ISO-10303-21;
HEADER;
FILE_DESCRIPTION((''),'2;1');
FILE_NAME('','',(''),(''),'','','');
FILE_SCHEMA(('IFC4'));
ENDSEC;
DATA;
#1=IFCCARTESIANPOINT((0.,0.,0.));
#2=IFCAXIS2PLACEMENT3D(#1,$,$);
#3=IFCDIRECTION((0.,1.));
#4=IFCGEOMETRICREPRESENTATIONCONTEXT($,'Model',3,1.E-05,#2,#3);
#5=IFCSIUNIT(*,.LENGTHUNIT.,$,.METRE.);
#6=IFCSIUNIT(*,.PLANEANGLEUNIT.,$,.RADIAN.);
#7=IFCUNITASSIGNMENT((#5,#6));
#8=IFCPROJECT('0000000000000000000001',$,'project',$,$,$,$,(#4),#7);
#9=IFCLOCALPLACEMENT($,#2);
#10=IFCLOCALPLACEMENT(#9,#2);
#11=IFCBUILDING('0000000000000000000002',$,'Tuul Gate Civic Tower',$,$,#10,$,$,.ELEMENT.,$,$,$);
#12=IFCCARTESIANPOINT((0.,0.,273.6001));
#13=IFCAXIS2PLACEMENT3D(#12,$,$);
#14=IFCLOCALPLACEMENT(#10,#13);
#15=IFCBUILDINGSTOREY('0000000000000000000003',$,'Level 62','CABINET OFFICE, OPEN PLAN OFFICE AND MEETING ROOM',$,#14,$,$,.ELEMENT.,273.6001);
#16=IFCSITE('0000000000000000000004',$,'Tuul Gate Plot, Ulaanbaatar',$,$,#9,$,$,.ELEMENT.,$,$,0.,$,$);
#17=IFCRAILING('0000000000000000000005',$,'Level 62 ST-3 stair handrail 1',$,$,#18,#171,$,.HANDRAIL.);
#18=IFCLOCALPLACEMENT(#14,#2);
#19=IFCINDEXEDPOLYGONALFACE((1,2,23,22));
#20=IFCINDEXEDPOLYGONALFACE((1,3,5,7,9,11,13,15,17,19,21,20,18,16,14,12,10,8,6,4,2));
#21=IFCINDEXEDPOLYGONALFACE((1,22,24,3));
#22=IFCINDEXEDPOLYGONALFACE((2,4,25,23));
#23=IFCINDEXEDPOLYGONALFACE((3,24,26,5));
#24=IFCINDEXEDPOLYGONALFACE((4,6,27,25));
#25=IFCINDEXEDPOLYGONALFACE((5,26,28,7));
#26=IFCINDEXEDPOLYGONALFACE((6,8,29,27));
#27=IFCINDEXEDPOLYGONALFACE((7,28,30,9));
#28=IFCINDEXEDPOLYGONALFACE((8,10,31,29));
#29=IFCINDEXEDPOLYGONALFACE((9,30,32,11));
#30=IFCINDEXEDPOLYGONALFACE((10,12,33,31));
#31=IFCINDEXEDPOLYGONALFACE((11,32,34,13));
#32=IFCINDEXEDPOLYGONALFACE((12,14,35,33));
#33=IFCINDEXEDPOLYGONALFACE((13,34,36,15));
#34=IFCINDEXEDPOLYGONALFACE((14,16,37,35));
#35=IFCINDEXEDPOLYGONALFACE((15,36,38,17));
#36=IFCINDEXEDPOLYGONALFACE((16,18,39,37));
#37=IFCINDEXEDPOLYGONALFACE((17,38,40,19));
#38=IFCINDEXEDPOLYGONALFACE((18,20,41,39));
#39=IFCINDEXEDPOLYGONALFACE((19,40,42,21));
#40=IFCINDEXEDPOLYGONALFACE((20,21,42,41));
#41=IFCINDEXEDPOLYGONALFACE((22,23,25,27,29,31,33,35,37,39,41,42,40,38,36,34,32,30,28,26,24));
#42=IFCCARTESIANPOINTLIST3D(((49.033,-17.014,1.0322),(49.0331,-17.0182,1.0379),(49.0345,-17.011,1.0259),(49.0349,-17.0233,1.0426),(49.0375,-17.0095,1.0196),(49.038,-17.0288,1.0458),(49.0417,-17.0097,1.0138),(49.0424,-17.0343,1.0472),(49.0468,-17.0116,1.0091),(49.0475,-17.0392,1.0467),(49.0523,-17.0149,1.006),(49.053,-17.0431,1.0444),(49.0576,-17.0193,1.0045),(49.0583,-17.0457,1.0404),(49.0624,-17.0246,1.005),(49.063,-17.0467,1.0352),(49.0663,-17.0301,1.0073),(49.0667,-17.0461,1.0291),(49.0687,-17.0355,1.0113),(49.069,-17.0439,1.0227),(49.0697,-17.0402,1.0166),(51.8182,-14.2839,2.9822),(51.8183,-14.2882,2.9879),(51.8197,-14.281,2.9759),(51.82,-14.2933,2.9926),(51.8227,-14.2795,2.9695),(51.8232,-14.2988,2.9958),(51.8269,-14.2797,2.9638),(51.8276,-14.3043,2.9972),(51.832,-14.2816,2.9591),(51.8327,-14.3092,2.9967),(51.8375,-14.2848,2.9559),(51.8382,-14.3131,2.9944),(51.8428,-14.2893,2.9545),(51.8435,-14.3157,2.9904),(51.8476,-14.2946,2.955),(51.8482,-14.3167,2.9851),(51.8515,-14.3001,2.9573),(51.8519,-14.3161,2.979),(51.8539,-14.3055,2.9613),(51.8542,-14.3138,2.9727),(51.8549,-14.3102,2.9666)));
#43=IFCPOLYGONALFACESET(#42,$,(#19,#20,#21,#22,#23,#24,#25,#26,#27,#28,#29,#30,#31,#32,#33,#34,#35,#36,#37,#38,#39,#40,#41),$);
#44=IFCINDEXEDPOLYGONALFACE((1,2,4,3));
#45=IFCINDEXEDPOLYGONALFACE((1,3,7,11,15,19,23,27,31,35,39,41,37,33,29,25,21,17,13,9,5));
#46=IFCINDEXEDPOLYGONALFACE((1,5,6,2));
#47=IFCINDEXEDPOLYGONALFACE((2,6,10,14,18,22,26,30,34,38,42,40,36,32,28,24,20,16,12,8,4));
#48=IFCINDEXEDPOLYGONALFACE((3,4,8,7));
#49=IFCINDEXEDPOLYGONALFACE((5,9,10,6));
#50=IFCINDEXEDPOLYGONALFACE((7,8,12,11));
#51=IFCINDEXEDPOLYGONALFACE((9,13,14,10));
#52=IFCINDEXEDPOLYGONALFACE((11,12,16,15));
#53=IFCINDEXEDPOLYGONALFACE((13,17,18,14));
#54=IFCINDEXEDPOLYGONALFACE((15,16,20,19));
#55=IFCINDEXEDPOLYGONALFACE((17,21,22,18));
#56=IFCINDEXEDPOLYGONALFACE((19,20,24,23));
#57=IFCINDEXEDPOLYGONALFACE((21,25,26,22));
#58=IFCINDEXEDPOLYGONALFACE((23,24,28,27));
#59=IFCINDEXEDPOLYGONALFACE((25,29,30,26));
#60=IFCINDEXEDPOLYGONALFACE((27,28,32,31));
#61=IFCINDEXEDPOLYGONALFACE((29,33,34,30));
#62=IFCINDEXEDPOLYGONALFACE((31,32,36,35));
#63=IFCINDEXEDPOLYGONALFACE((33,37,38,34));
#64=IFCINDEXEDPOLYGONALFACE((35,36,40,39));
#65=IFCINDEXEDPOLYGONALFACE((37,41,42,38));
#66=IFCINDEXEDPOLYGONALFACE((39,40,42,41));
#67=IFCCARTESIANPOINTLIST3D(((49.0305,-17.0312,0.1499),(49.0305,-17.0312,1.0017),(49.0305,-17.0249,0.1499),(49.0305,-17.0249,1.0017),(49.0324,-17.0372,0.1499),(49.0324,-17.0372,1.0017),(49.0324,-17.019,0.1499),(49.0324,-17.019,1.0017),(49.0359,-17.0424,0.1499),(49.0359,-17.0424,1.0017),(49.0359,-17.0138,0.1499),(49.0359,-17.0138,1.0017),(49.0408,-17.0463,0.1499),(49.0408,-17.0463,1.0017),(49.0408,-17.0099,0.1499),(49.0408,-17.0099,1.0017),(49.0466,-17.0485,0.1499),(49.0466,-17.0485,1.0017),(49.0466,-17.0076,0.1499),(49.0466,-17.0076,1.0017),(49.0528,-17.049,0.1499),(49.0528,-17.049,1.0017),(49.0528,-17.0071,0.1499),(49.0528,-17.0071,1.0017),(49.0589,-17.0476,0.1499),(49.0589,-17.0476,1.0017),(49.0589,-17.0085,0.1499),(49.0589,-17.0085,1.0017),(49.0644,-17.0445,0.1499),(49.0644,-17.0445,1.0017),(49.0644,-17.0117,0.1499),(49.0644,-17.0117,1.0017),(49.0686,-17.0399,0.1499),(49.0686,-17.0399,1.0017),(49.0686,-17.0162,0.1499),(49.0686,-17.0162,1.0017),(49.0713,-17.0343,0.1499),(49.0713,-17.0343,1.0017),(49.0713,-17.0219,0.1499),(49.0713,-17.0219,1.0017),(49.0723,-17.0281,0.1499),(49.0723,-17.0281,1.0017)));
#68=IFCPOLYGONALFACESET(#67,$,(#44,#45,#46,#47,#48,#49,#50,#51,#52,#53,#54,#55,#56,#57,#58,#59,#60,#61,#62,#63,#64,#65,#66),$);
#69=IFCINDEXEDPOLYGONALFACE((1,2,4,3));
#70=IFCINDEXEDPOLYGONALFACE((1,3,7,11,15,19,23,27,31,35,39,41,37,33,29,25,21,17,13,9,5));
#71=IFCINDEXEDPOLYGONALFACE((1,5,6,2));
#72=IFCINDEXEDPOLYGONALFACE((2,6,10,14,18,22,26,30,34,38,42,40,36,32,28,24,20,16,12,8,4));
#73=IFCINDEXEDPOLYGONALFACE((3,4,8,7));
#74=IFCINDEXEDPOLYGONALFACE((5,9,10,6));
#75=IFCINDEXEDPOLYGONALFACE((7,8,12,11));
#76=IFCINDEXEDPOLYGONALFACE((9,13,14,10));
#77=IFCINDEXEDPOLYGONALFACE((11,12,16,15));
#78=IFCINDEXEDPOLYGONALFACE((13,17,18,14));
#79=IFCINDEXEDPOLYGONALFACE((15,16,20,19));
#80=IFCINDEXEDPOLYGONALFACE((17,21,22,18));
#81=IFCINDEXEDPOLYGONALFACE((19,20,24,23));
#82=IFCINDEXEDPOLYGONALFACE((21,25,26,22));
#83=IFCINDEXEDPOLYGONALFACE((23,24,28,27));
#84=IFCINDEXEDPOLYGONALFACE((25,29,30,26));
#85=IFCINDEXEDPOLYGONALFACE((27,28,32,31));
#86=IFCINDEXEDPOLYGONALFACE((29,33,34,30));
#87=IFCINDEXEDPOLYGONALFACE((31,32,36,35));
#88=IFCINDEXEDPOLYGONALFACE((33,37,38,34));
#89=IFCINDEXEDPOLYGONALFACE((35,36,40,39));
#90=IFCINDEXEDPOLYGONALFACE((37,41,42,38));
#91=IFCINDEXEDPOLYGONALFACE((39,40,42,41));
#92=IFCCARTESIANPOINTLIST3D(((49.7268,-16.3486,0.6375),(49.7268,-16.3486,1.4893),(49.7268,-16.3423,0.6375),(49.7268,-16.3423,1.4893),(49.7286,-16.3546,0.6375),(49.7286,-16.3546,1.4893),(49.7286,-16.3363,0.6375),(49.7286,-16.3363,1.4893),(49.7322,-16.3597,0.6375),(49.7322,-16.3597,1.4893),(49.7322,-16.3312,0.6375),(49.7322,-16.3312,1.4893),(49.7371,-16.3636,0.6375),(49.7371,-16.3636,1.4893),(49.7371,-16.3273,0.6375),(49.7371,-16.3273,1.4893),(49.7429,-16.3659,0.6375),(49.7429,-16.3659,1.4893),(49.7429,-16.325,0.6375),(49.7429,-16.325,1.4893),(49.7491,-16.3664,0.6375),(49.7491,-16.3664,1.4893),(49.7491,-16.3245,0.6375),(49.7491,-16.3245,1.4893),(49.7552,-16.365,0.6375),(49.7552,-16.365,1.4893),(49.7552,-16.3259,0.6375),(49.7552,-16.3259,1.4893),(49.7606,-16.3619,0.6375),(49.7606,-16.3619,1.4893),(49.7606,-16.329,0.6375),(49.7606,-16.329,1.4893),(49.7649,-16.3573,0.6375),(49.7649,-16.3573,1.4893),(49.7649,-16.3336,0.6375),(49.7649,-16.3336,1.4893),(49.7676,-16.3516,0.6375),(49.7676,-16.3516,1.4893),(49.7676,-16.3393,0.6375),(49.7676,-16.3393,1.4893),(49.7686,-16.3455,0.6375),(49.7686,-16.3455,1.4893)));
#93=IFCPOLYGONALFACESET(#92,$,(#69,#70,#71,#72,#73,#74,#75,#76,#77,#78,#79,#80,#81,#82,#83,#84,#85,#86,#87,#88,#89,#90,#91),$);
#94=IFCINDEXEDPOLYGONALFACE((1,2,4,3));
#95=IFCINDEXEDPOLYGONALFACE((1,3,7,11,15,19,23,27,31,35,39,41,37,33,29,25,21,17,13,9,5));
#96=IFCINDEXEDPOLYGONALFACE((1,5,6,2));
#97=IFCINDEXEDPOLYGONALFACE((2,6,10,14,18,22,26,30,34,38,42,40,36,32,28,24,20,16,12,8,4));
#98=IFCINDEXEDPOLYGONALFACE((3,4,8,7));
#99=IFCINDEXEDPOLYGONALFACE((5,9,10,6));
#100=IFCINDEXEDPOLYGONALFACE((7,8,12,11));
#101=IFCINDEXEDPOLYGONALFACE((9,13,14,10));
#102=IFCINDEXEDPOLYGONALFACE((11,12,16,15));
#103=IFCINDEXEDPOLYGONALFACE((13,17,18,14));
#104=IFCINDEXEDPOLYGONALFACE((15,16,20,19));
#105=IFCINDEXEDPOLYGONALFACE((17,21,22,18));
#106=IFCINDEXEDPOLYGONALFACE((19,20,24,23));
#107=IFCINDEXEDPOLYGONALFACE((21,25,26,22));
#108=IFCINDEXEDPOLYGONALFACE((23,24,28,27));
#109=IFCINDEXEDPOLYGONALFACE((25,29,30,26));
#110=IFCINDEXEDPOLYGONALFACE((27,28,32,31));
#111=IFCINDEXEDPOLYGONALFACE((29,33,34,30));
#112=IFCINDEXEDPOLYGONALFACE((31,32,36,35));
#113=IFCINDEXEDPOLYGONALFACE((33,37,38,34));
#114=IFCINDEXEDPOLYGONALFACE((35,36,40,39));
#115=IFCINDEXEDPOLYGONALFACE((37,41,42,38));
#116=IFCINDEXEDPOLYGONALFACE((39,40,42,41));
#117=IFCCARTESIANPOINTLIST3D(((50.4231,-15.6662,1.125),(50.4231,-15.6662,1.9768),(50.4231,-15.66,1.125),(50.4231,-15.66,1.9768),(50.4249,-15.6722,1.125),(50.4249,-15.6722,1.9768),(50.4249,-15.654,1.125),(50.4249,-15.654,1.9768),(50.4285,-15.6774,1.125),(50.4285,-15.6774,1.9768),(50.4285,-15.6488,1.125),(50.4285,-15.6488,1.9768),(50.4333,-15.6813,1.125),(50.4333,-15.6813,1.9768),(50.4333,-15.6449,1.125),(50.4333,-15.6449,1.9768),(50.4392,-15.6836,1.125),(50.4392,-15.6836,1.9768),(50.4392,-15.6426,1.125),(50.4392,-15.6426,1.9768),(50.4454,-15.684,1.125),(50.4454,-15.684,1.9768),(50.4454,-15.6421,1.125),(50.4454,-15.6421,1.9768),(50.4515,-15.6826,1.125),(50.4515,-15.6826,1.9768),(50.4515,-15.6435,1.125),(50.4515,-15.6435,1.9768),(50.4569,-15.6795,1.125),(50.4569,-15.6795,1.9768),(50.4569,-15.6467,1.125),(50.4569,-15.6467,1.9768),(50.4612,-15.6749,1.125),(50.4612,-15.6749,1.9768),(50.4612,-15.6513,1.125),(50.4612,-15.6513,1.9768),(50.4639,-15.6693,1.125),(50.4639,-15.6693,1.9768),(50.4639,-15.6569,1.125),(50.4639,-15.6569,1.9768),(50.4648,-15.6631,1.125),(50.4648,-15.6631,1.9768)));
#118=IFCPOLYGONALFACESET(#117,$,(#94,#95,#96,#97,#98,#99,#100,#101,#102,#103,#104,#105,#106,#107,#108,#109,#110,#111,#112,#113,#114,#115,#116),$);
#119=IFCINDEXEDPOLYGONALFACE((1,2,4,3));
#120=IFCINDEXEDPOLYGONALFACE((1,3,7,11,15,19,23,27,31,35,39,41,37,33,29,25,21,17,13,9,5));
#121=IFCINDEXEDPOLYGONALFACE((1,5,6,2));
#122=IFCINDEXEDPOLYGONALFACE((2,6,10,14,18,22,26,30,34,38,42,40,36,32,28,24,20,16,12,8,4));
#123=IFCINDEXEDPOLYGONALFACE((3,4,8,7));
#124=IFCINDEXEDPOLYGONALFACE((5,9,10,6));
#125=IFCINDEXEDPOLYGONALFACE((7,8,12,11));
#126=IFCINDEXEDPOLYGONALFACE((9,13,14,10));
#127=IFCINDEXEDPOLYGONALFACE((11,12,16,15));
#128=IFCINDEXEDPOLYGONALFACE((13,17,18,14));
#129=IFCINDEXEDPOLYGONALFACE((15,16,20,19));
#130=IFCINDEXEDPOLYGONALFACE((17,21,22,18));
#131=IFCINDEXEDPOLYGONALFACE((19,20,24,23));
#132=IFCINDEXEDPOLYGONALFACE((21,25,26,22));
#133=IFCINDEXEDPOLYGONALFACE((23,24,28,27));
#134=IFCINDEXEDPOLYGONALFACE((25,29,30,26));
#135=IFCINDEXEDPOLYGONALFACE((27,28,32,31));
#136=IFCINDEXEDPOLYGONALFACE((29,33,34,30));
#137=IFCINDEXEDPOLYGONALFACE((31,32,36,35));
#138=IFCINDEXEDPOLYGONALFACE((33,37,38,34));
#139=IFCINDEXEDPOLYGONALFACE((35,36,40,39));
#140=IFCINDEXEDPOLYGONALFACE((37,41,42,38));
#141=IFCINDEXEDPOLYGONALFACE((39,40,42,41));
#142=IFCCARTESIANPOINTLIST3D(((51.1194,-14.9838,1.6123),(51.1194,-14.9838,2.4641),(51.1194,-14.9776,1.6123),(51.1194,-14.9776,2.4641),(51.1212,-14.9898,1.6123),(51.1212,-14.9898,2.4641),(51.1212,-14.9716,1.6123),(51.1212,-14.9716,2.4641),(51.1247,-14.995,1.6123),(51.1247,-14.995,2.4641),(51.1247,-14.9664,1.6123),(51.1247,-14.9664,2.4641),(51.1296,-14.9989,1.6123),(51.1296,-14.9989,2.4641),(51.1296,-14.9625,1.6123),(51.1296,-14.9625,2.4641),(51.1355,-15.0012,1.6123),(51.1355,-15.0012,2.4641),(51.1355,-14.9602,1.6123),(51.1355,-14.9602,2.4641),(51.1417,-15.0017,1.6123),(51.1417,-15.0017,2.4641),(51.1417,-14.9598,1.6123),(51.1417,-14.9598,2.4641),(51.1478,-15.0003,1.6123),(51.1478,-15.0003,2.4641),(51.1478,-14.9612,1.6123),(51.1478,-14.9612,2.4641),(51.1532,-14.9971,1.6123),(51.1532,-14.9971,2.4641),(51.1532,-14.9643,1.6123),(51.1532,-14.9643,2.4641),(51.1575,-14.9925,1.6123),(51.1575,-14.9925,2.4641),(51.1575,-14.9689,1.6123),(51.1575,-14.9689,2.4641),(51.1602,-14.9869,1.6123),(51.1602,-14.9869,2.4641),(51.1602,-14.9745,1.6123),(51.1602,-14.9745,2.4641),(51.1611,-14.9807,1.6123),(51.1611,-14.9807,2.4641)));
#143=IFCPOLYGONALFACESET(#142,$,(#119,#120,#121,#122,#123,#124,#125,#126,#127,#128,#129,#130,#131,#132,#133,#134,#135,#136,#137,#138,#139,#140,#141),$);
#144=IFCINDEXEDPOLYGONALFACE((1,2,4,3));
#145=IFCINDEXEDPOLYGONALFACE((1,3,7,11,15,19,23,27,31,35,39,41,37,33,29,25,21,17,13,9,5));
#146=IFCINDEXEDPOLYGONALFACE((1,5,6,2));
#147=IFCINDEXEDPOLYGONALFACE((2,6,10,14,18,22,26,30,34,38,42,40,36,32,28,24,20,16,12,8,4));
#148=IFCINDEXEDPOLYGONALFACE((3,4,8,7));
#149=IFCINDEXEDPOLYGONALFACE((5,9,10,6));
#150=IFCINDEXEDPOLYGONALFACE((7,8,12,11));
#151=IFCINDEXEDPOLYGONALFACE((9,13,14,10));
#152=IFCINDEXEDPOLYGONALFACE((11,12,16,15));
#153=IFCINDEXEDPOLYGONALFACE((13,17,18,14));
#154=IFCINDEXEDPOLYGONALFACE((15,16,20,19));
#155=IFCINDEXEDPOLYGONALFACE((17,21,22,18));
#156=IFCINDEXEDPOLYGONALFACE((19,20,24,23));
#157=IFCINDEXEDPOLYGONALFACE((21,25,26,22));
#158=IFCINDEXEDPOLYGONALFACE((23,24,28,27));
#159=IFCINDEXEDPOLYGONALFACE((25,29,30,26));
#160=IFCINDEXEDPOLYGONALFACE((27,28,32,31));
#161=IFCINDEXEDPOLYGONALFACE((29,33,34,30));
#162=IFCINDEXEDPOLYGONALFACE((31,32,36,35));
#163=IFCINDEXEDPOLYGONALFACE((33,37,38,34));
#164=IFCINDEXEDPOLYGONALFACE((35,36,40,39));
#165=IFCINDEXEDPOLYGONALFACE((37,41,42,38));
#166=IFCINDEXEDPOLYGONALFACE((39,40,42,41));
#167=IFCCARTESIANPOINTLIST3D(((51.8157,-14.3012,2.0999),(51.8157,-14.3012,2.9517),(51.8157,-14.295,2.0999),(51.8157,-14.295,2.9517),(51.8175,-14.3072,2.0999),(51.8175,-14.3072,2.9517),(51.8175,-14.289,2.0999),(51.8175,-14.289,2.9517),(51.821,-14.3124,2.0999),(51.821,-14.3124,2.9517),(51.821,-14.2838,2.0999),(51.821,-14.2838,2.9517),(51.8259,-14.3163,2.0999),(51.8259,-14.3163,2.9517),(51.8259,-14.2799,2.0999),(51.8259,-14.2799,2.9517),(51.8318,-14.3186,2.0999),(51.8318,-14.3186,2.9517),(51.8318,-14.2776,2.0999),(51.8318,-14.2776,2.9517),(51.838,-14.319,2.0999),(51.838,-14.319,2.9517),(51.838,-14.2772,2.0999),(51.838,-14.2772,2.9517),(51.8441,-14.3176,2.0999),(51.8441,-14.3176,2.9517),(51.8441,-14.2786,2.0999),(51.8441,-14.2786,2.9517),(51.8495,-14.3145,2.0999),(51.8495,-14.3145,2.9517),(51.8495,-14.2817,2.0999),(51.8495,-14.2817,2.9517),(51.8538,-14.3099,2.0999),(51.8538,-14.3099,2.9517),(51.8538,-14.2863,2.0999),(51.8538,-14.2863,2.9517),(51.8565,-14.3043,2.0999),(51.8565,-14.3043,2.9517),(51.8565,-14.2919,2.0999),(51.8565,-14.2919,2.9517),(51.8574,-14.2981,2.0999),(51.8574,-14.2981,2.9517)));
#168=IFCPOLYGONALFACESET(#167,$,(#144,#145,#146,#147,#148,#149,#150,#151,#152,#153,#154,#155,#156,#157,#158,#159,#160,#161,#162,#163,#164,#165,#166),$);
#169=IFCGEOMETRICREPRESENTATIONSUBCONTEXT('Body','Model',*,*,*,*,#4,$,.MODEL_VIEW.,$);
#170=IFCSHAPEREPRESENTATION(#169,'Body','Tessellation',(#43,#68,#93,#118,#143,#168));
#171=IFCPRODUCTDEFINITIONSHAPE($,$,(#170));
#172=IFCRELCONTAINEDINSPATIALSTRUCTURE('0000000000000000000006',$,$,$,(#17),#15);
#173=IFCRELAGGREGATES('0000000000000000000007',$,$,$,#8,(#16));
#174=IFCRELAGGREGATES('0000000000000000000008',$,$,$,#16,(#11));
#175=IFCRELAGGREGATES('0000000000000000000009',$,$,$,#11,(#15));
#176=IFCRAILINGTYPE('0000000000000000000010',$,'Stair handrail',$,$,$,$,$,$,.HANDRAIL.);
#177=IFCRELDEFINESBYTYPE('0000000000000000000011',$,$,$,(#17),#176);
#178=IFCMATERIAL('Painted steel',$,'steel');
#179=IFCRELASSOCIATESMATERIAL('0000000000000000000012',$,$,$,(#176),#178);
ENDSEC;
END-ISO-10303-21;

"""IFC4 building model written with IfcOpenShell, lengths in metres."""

from ifc_helpers import new_model, si_unit, direction, frame, origin, origin_2d, place, context, subcontext, project, spatial, circle, extrude, material, type_object, element, save


model = new_model("IFC4")

# Units and contexts
model_context = context("Model", 3, precision=1e-05, world=origin(), true_north=direction((0.0, 1.0)))
body_context = subcontext(model_context, "Body", "Model", "MODEL_VIEW")
ifc_project = project(units=[si_unit("LENGTHUNIT", "METRE"), si_unit("PLANEANGLEUNIT", "RADIAN")], contexts=[model_context])

# Site, building, storey
site_placement = place(None, origin())
site = spatial("IfcSite", under=ifc_project, at=site_placement, Name="Tuul Gate Plot, Ulaanbaatar", CompositionType="ELEMENT", RefElevation=0.0)
building_placement = place(site_placement, origin())
building = spatial("IfcBuilding", under=site, at=building_placement, Name="Tuul Gate Civic Tower", CompositionType="ELEMENT")
storey_placement = place(building_placement, frame((0.0, 0.0, 273.6001)))
storey = spatial("IfcBuildingStorey", under=building, at=storey_placement, Name="Level 62", Description="CABINET OFFICE, OPEN PLAN OFFICE AND MEETING ROOM", CompositionType="ELEMENT", Elevation=273.6001)

# Railing
ifc_material_1 = material(Name="Painted steel", Category="steel")
railing_type_1 = type_object("IfcRailingType", Name="Stair handrail", PredefinedType="HANDRAIL", material=ifc_material_1)
railing_1_placement = place(storey_placement, frame((49.0513, -17.0281, 0.1499)))
element("IfcRailing", 1, at=railing_1_placement, inside=storey, type_object=railing_type_1, Name="Level 62 ST-3 stair handrail 1", PredefinedType="HANDRAIL", context=body_context, shape_type="SweptSolid", body=[
    extrude(circle(Radius=0.0239, at=origin_2d()), frame((0.0, 0.0, 0.876), z_axis=(0.638754, 0.6261, 0.447206), x_axis=(-0.699998, 0.714145, 0.0)), (0.0, 0.0, 1.0), 4.3604),
    extrude(circle(Radius=0.021, at=origin_2d()), origin(), (0.0, 0.0, 1.0), 0.8518),
    extrude(circle(Radius=0.021, at=origin_2d()), frame((0.6963, 0.6826, 0.4875)), (0.0, 0.0, 1.0), 0.8518),
    extrude(circle(Radius=0.021, at=origin_2d()), frame((1.3926, 1.365, 0.9751)), (0.0, 0.0, 1.0), 0.8518),
    extrude(circle(Radius=0.021, at=origin_2d()), frame((2.0889, 2.0474, 1.4624)), (0.0, 0.0, 1.0), 0.8518),
    extrude(circle(Radius=0.021, at=origin_2d()), frame((2.7852, 2.73, 1.95)), (0.0, 0.0, 1.0), 0.8518),
])

save(model, "model.ifc")
